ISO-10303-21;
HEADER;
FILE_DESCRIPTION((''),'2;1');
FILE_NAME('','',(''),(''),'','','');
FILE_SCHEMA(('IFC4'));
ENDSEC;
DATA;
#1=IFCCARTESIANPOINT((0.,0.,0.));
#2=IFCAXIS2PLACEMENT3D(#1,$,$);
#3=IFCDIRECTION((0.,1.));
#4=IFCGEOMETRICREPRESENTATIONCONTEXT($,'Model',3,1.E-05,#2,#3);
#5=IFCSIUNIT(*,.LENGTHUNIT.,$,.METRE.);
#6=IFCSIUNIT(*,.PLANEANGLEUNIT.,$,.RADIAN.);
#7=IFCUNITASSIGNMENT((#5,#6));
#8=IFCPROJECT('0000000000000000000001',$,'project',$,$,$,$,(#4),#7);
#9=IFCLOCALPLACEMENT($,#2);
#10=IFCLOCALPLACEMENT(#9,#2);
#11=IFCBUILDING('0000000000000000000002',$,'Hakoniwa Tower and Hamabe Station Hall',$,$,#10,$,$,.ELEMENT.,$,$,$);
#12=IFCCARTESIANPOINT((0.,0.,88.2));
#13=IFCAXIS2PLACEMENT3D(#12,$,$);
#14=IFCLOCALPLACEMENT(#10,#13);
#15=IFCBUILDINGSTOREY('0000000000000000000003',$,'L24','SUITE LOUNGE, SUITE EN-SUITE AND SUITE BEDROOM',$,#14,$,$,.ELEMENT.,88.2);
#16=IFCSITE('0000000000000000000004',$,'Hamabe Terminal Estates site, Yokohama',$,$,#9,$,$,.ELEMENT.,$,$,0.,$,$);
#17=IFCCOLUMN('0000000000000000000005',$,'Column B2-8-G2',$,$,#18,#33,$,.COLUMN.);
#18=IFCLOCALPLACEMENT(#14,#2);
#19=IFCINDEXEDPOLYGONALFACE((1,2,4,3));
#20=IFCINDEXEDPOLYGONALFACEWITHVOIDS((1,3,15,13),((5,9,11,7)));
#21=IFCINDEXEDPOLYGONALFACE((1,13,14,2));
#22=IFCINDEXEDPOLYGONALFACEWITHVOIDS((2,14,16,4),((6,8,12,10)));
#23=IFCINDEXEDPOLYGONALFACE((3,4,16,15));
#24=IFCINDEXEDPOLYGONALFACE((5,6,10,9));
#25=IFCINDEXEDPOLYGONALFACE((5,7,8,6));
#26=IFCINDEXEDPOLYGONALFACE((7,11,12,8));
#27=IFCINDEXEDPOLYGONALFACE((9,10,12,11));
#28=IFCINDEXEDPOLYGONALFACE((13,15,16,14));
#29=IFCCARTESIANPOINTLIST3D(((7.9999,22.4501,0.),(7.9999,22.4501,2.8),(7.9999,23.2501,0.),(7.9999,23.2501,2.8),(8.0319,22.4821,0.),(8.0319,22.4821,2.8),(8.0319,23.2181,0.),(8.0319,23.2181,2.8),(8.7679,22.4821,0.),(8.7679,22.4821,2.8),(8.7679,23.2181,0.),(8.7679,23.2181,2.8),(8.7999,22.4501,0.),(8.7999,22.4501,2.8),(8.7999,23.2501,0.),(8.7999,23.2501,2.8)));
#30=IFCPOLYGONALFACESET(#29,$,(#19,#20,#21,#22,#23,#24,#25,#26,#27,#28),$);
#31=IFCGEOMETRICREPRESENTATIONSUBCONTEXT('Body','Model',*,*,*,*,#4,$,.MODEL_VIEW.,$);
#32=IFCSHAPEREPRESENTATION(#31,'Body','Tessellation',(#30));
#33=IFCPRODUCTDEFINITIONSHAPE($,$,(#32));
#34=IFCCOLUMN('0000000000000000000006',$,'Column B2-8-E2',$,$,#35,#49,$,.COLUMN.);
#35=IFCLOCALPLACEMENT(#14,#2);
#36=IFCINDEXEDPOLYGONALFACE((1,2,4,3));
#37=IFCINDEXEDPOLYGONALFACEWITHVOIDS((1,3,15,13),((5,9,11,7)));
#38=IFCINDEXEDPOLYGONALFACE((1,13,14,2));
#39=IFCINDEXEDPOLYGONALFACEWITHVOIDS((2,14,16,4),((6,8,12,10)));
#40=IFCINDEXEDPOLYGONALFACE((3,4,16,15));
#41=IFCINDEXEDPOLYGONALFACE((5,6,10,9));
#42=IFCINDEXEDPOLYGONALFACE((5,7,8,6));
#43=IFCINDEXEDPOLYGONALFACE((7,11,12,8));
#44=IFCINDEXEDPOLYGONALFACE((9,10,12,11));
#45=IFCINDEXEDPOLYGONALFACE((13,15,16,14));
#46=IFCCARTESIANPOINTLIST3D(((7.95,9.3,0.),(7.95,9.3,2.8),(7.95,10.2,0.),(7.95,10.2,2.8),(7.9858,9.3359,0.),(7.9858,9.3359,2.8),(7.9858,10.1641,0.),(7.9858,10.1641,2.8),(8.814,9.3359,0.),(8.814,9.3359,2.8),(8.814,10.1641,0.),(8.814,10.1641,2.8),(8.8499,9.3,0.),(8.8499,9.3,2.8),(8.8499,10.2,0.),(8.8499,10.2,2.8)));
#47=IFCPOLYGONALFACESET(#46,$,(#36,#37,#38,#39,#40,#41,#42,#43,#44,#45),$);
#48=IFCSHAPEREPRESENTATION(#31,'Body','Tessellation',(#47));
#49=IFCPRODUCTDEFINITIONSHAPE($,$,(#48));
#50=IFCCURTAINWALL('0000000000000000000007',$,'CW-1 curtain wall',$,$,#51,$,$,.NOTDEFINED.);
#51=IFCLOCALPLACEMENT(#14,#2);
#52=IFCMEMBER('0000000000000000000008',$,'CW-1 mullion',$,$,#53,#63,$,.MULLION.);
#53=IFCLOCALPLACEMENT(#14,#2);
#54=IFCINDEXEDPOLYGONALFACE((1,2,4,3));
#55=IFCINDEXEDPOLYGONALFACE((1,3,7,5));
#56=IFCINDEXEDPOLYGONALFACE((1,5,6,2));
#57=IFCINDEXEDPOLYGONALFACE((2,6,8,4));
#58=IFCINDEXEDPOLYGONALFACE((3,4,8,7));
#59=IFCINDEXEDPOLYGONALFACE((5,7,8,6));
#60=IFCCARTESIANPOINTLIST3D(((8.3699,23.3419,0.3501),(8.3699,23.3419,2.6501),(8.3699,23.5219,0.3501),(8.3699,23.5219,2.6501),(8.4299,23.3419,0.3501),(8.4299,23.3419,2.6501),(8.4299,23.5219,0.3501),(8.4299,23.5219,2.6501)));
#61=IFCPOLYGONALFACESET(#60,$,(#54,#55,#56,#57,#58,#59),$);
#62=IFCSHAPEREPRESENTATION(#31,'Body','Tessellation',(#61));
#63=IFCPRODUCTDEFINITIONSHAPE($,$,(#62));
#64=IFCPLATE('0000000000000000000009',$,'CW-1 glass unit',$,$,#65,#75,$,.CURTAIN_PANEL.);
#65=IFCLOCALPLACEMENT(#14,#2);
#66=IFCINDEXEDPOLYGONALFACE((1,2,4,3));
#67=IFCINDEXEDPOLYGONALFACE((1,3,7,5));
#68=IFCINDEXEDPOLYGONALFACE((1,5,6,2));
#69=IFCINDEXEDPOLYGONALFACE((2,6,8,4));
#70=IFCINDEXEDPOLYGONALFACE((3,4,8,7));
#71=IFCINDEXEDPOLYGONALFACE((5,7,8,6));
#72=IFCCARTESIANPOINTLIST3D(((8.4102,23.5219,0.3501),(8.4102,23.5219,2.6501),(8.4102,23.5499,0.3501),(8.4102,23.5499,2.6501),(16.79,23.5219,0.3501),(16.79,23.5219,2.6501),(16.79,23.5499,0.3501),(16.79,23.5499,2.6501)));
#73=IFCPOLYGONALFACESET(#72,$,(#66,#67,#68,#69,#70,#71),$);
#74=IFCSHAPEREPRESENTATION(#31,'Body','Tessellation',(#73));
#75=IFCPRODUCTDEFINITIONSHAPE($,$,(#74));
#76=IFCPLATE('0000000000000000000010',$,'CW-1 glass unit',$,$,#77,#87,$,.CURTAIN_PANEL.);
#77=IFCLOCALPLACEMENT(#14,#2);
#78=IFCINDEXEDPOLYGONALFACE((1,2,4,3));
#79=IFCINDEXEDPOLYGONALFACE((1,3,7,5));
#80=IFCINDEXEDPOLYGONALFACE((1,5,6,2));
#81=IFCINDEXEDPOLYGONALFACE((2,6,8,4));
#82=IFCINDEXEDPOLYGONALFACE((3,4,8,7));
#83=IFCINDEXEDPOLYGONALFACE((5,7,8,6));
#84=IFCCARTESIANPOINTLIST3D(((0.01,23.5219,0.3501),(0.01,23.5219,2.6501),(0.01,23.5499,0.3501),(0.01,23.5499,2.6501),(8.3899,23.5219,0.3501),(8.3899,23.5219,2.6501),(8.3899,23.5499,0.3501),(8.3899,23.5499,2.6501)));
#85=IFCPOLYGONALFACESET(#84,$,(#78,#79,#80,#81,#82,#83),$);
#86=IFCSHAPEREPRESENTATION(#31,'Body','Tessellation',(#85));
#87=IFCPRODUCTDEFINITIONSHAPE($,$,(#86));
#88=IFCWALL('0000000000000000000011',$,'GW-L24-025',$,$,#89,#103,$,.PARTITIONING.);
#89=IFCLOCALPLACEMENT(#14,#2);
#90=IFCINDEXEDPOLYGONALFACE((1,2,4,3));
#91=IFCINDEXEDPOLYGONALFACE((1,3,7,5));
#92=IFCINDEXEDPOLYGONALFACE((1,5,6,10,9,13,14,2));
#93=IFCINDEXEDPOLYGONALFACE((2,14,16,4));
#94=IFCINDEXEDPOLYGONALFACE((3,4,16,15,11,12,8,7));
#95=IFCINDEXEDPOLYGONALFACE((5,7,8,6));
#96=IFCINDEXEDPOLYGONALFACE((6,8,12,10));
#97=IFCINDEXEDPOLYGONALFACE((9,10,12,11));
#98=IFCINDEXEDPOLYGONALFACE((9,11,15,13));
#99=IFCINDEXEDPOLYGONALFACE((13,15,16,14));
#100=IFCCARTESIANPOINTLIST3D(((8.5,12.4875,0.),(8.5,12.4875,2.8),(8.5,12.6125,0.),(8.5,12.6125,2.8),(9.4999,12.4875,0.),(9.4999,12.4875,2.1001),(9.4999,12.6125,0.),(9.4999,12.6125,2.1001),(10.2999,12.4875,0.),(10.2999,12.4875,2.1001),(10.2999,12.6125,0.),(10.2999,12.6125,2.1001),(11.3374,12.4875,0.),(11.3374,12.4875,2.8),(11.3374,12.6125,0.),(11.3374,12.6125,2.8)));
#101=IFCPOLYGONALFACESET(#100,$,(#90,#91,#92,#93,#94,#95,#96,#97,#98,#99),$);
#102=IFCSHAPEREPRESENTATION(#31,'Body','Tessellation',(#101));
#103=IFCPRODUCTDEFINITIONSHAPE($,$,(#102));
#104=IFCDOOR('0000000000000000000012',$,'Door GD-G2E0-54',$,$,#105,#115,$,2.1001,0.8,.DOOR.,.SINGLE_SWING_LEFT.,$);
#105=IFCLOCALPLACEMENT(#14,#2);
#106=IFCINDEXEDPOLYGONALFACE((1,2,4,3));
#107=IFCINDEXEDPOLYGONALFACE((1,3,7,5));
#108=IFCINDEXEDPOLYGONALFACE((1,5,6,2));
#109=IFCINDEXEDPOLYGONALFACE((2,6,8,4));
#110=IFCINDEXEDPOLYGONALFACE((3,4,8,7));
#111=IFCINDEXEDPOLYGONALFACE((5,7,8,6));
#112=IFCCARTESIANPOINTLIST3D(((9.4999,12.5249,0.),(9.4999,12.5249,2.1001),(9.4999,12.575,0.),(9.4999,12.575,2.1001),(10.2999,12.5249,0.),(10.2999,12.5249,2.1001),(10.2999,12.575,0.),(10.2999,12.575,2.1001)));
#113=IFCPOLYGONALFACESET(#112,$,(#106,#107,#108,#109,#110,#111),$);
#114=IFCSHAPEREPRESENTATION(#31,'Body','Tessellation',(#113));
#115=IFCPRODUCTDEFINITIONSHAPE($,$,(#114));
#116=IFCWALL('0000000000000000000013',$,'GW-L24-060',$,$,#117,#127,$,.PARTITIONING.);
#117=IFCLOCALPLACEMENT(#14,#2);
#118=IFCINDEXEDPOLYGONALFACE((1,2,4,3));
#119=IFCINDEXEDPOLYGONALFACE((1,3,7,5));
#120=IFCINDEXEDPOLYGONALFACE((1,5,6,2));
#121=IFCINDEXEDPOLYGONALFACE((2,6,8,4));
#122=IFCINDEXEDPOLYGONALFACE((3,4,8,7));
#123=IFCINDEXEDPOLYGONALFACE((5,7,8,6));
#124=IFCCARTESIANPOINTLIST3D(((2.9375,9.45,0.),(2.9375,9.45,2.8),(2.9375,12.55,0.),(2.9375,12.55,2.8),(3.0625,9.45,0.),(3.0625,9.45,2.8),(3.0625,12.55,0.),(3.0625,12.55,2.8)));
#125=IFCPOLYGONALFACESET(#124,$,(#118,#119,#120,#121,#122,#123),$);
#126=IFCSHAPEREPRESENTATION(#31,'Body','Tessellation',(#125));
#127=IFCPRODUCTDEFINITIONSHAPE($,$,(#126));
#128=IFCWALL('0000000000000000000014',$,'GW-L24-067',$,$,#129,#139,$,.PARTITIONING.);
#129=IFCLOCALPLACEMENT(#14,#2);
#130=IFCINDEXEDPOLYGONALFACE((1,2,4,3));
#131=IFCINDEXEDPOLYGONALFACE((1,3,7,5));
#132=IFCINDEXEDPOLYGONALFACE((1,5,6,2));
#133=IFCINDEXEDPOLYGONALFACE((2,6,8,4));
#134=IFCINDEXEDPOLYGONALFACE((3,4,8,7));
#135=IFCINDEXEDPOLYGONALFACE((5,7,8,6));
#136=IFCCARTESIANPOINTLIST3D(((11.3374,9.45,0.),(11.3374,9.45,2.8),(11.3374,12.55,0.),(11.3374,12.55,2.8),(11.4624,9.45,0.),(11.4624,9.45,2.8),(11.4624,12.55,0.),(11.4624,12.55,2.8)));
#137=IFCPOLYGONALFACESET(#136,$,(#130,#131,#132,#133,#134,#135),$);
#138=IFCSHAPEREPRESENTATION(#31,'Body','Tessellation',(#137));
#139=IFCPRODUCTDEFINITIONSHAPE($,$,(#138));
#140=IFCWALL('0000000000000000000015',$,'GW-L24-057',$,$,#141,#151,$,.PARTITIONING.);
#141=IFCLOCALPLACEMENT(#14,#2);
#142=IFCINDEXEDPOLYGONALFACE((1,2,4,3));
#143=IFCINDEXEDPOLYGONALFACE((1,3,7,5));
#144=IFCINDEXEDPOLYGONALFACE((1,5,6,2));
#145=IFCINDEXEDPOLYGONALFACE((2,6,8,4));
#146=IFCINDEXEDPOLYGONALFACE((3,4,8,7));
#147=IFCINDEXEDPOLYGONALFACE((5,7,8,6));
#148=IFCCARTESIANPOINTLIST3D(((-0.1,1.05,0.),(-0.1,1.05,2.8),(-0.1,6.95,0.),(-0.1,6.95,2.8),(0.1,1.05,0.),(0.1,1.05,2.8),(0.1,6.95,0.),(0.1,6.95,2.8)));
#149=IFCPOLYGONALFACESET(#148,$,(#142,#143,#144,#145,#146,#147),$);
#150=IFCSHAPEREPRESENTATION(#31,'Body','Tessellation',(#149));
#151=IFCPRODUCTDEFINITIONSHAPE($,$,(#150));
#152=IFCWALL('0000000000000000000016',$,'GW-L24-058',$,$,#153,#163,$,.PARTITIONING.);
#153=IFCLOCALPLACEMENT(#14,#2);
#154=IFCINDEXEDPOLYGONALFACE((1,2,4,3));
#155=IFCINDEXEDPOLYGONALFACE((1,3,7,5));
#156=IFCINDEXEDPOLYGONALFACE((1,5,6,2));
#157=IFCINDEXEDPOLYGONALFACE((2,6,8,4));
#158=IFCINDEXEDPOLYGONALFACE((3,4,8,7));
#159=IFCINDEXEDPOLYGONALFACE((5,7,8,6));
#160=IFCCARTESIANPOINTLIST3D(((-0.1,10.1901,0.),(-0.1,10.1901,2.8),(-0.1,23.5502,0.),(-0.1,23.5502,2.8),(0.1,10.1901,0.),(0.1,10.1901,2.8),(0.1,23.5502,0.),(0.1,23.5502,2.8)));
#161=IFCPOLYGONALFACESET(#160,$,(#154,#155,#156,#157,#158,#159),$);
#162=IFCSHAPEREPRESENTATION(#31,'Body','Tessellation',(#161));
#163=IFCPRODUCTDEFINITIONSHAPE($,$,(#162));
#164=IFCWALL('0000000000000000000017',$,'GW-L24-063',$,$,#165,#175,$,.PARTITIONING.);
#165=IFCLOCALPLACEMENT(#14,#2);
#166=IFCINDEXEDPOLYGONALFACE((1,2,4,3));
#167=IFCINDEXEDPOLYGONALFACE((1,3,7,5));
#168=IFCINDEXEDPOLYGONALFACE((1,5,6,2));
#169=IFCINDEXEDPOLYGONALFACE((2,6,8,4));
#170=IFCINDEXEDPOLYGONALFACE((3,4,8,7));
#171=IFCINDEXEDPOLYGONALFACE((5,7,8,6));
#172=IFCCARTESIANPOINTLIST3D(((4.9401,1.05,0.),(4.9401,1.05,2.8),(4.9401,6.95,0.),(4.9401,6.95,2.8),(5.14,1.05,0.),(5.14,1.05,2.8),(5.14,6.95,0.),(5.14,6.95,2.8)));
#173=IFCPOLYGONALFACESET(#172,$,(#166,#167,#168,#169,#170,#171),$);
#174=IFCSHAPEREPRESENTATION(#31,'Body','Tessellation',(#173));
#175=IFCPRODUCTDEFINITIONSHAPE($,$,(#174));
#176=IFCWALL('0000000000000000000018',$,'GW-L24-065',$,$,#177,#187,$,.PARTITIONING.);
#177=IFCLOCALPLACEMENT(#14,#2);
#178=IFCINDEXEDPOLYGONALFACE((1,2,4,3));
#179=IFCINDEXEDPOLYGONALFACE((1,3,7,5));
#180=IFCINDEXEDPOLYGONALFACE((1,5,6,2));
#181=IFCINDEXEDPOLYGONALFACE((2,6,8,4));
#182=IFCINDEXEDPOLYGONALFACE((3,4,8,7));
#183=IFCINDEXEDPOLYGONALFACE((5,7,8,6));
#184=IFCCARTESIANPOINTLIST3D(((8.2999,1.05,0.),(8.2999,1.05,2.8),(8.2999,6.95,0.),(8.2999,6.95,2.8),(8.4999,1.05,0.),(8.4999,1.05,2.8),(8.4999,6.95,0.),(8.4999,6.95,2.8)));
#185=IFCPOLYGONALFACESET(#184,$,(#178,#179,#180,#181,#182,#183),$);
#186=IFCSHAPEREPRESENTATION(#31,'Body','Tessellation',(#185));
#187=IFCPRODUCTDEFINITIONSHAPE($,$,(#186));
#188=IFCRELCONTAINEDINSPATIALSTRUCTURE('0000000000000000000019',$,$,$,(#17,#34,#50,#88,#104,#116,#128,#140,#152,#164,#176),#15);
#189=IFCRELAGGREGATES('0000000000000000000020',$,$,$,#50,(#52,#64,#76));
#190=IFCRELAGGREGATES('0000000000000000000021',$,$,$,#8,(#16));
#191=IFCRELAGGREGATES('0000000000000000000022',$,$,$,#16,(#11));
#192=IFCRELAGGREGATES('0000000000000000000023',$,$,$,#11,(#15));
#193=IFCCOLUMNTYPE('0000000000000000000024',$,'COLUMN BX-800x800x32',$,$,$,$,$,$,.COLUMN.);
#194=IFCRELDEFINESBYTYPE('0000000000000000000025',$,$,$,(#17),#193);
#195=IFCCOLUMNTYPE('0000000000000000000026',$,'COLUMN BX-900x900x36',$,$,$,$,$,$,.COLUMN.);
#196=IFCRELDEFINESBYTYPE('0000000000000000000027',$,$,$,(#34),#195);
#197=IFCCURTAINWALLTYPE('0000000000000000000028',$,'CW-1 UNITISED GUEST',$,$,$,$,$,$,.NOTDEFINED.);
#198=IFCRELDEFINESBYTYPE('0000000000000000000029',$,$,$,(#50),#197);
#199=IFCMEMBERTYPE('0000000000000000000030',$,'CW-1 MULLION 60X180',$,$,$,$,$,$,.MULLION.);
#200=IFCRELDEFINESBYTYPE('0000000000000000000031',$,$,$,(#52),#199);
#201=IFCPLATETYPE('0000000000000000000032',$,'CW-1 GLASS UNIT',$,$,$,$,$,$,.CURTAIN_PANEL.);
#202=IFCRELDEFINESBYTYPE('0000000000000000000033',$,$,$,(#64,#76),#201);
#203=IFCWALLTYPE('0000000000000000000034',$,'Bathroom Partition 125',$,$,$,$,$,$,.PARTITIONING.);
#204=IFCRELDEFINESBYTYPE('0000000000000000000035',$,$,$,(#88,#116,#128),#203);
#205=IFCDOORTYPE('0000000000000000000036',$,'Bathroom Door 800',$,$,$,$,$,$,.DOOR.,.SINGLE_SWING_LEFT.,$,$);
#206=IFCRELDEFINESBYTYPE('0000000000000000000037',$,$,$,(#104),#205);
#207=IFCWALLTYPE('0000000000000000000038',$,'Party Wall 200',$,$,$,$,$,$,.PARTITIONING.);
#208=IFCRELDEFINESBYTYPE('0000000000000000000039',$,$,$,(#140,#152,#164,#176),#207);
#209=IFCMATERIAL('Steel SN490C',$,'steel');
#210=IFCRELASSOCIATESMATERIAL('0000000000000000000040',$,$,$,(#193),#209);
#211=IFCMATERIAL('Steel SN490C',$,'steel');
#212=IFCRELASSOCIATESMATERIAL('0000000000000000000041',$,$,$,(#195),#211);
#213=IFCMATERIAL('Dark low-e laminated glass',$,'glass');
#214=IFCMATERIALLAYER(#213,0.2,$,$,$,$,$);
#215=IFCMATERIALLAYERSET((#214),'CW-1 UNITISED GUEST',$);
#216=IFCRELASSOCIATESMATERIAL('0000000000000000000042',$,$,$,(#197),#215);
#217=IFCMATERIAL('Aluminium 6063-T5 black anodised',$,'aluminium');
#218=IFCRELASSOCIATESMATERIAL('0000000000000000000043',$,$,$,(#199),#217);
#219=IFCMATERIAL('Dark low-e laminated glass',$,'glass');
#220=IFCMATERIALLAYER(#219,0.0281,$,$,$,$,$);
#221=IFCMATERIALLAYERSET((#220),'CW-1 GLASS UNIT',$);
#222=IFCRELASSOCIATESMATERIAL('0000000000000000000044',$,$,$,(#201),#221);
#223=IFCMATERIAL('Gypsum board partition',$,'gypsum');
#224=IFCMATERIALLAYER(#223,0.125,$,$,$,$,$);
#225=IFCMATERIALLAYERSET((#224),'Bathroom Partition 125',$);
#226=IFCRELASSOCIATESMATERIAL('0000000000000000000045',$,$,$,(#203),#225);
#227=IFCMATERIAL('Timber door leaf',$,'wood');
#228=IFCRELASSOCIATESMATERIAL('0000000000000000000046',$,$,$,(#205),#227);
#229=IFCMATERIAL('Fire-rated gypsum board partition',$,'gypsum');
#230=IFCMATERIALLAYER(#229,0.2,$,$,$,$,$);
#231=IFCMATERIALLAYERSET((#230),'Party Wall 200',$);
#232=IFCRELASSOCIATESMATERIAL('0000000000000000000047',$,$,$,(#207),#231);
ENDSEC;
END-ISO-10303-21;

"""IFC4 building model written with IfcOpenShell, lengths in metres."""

from ifc_helpers import new_model, si_unit, direction, frame, frame_2d, origin, origin_2d, place, context, subcontext, project, spatial, rectangle, hollow_rectangle, extrude, material, layer, layer_set, material_profile, profile_set, type_object, element, fill, aggregate, save


model = new_model("IFC4")

# Units and contexts
model_context = context("Model", 3, precision=1e-05, world=origin(), true_north=direction((0.0, 1.0)))
body_context = subcontext(model_context, "Body", "Model", "MODEL_VIEW")
ifc_project = project(units=[si_unit("LENGTHUNIT", "METRE"), si_unit("PLANEANGLEUNIT", "RADIAN")], contexts=[model_context])

# Site, building, storey
site_placement = place(None, origin())
site = spatial("IfcSite", under=ifc_project, at=site_placement, Name="Hamabe Terminal Estates site, Yokohama", CompositionType="ELEMENT", RefElevation=0.0)
building_placement = place(site_placement, origin())
building = spatial("IfcBuilding", under=site, at=building_placement, Name="Hakoniwa Tower and Hamabe Station Hall", CompositionType="ELEMENT")
storey_placement = place(building_placement, frame((0.0, 0.0, 88.2)))
storey = spatial("IfcBuildingStorey", under=building, at=storey_placement, Name="L24", Description="SUITE LOUNGE, SUITE EN-SUITE AND SUITE BEDROOM", CompositionType="ELEMENT", Elevation=88.2)

# Columns
ifc_material_1 = material(Name="Steel SN490C", Category="steel")
ifc_material_profile_1 = material_profile(ifc_material_1, hollow_rectangle(XDim=0.8, YDim=0.8, WallThickness=0.032, at=origin_2d()), Name="BX-800x800x32")
ifc_profile_set_1 = profile_set([ifc_material_profile_1], Name="Steel SN490C")
column_type_1 = type_object("IfcColumnType", Name="COLUMN BX-800x800x32", PredefinedType="COLUMN", material=ifc_profile_set_1)
column_1_placement = place(storey_placement, frame((8.3999, 22.8501, 0.0), z_axis=(0.0, 0.0, 1.0), x_axis=(1.0, 0.0, 0.0)))
element("IfcColumn", 1, at=column_1_placement, inside=storey, type_object=column_type_1, Name="Column B2-8-G2", PredefinedType="COLUMN", context=body_context, shape_type="SweptSolid", body=[
    extrude(hollow_rectangle(XDim=0.8, YDim=0.8, WallThickness=0.032, at=origin_2d()), origin(), (0.0, 0.0, 1.0), 2.8),
])
ifc_material_2 = material(Name="Steel SN490C", Category="steel")
ifc_material_profile_2 = material_profile(ifc_material_2, hollow_rectangle(XDim=0.8999, YDim=0.8999, WallThickness=0.0359, at=origin_2d()), Name="BX-900x900x36")
ifc_profile_set_2 = profile_set([ifc_material_profile_2], Name="Steel SN490C")
column_type_2 = type_object("IfcColumnType", Name="COLUMN BX-900x900x36", PredefinedType="COLUMN", material=ifc_profile_set_2)
column_2_placement = place(storey_placement, frame((8.3999, 9.75, 0.0), z_axis=(0.0, 0.0, 1.0), x_axis=(1.0, 0.0, 0.0)))
element("IfcColumn", 2, at=column_2_placement, inside=storey, type_object=column_type_2, Name="Column B2-8-E2", PredefinedType="COLUMN", context=body_context, shape_type="SweptSolid", body=[
    extrude(hollow_rectangle(XDim=0.8999, YDim=0.8999, WallThickness=0.0359, at=origin_2d()), origin(), (0.0, 0.0, 1.0), 2.8),
])

# Curtain wall, member, plates
ifc_material_3 = material(Name="Dark low-e laminated glass", Category="glass")
ifc_layer_1 = layer(ifc_material_3, 0.2)
ifc_layer_set_1 = layer_set([ifc_layer_1], Name="CW-1 UNITISED GUEST")
curtain_wall_type = type_object("IfcCurtainWallType", Name="CW-1 UNITISED GUEST", PredefinedType="NOTDEFINED", material=ifc_layer_set_1)
curtain_wall_placement = place(storey_placement, origin())
curtain_wall = element("IfcCurtainWall", 3, at=curtain_wall_placement, inside=storey, type_object=curtain_wall_type, Name="CW-1 curtain wall", PredefinedType="NOTDEFINED")
ifc_material_4 = material(Name="Aluminium 6063-T5 black anodised", Category="aluminium")
ifc_material_profile_3 = material_profile(ifc_material_4, rectangle(XDim=0.0601, YDim=0.1799, at=origin_2d()), Name="CW-1 MULLION 60X180")
ifc_profile_set_3 = profile_set([ifc_material_profile_3], Name="Aluminium 6063-T5 black anodised")
member_type = type_object("IfcMemberType", Name="CW-1 MULLION 60X180", PredefinedType="MULLION", material=ifc_profile_set_3)
member_placement = place(storey_placement, frame((8.3999, 23.4319, 0.3501), z_axis=(0.0, 0.0, 1.0), x_axis=(-1.0, 0.0, 0.0)))
member = element("IfcMember", 4, at=member_placement, type_object=member_type, Name="CW-1 mullion", PredefinedType="MULLION", context=body_context, shape_type="SweptSolid", body=[
    extrude(rectangle(XDim=0.0601, YDim=0.1799, at=origin_2d()), origin(), (0.0, 0.0, 1.0), 2.3),
])
ifc_material_5 = material(Name="Dark low-e laminated glass", Category="glass")
ifc_layer_2 = layer(ifc_material_5, 0.0281)
ifc_layer_set_2 = layer_set([ifc_layer_2], Name="CW-1 GLASS UNIT")
plate_type = type_object("IfcPlateType", Name="CW-1 GLASS UNIT", PredefinedType="CURTAIN_PANEL", material=ifc_layer_set_2)
plate_1_placement = place(storey_placement, frame((12.6001, 23.5359, 0.3501), z_axis=(0.0, 0.0, 1.0), x_axis=(-1.0, 0.0, 0.0)))
plate_1 = element("IfcPlate", 5, at=plate_1_placement, type_object=plate_type, Name="CW-1 glass unit", PredefinedType="CURTAIN_PANEL", context=body_context, shape_type="SweptSolid", body=[
    extrude(rectangle(XDim=8.3799, YDim=0.0281, at=origin_2d()), origin(), (0.0, 0.0, 1.0), 2.3),
])
plate_2_placement = place(storey_placement, frame((4.2, 23.5359, 0.3501), z_axis=(0.0, 0.0, 1.0), x_axis=(-1.0, 0.0, 0.0)))
plate_2 = element("IfcPlate", 6, at=plate_2_placement, type_object=plate_type, Name="CW-1 glass unit", PredefinedType="CURTAIN_PANEL", context=body_context, shape_type="SweptSolid", body=[
    extrude(rectangle(XDim=8.3799, YDim=0.0281, at=origin_2d()), origin(), (0.0, 0.0, 1.0), 2.3),
])
aggregate(curtain_wall, [member, plate_1, plate_2])

# Wall, opening, door
ifc_material_6 = material(Name="Gypsum board partition", Category="gypsum")
ifc_layer_3 = layer(ifc_material_6, 0.125)
ifc_layer_set_3 = layer_set([ifc_layer_3], Name="Bathroom Partition 125")
wall_type_1 = type_object("IfcWallType", Name="Bathroom Partition 125", PredefinedType="PARTITIONING", material=ifc_layer_set_3)
wall_1_placement = place(storey_placement, frame((8.5, 12.55, 0.0), z_axis=(0.0, 0.0, 1.0), x_axis=(1.0, 0.0, 0.0)))
wall_1 = element("IfcWall", 7, at=wall_1_placement, inside=storey, type_object=wall_type_1, Name="GW-L24-025", PredefinedType="PARTITIONING", context=body_context, shape_type="SweptSolid", body=[
    extrude(rectangle(XDim=2.8374, YDim=0.125, at=frame_2d((1.4187, 0.0))), origin(), (0.0, 0.0, 1.0), 2.8),
])
opening_1_placement = place(wall_1_placement, frame((1.0, 0.0, 0.0)))
opening_1 = element("IfcOpeningElement", 8, at=opening_1_placement, cuts=wall_1, PredefinedType="OPENING", context=body_context, shape_type="SweptSolid", body=[
    extrude(rectangle(XDim=0.8, YDim=2.1001, at=frame_2d((0.3999, 1.05))), frame((0.0, 0.0725, 0.0), z_axis=(0.0, -1.0, 0.0), x_axis=(1.0, 0.0, 0.0)), (0.0, 0.0, 1.0), 0.145),
])
ifc_material_7 = material(Name="Timber door leaf", Category="wood")
door_type_1 = type_object("IfcDoorType", Name="Bathroom Door 800", OperationType="SINGLE_SWING_LEFT", PredefinedType="DOOR", material=ifc_material_7)
door_1_placement = place(opening_1_placement, origin())
door_1 = element("IfcDoor", 9, at=door_1_placement, inside=storey, type_object=door_type_1, Name="Door GD-G2E0-54", OperationType="SINGLE_SWING_LEFT", OverallHeight=2.1001, OverallWidth=0.8, PredefinedType="DOOR", context=body_context, shape_type="SweptSolid", body=[
    extrude(rectangle(XDim=0.8, YDim=2.1001, at=frame_2d((0.3999, 1.05))), frame((0.0, 0.0249, 0.0), z_axis=(0.0, -1.0, 0.0), x_axis=(1.0, 0.0, 0.0)), (0.0, 0.0, 1.0), 0.05),
])
fill(opening_1, door_1)

# Walls
for number, where, z_axis, x_axis, name in (
    (10, (3.0, 9.45, 0.0), (0.0, 0.0, 1.0), (0.0, 1.0, 0.0), "GW-L24-060"),
    (11, (11.3999, 9.45, 0.0), (0.0, 0.0, 1.0), (0.0, 1.0, 0.0), "GW-L24-067"),
):
    element("IfcWall", number, at=place(storey_placement, frame(where, z_axis=z_axis, x_axis=x_axis)), inside=storey, type_object=wall_type_1, Name=name, PredefinedType="PARTITIONING", context=body_context, shape_type="SweptSolid", body=[
        extrude(rectangle(XDim=3.1001, YDim=0.125, at=frame_2d((1.55, 0.0))), origin(), (0.0, 0.0, 1.0), 2.8),
    ])
ifc_material_8 = material(Name="Fire-rated gypsum board partition", Category="gypsum")
ifc_layer_4 = layer(ifc_material_8, 0.2)
ifc_layer_set_4 = layer_set([ifc_layer_4], Name="Party Wall 200")
wall_type_2 = type_object("IfcWallType", Name="Party Wall 200", PredefinedType="PARTITIONING", material=ifc_layer_set_4)
wall_2_placement = place(storey_placement, frame((0.0, 1.05, 0.0), z_axis=(0.0, 0.0, 1.0), x_axis=(0.0, 1.0, 0.0)))
element("IfcWall", 12, at=wall_2_placement, inside=storey, type_object=wall_type_2, Name="GW-L24-057", PredefinedType="PARTITIONING", context=body_context, shape_type="SweptSolid", body=[
    extrude(rectangle(XDim=5.8999, YDim=0.2, at=frame_2d((2.95, 0.0))), origin(), (0.0, 0.0, 1.0), 2.8),
])
wall_3_placement = place(storey_placement, frame((0.0, 10.1899, 0.0), z_axis=(0.0, 0.0, 1.0), x_axis=(0.0, 1.0, 0.0)))
element("IfcWall", 13, at=wall_3_placement, inside=storey, type_object=wall_type_2, Name="GW-L24-058", PredefinedType="PARTITIONING", context=body_context, shape_type="SweptSolid", body=[
    extrude(rectangle(XDim=13.3601, YDim=0.2, at=frame_2d((6.6802, 0.0))), origin(), (0.0, 0.0, 1.0), 2.8),
])
for number, where, z_axis, x_axis, name in (
    (14, (5.04, 1.05, 0.0), (0.0, 0.0, 1.0), (0.0, 1.0, 0.0), "GW-L24-063"),
    (15, (8.3999, 1.05, 0.0), (0.0, 0.0, 1.0), (0.0, 1.0, 0.0), "GW-L24-065"),
):
    element("IfcWall", number, at=place(storey_placement, frame(where, z_axis=z_axis, x_axis=x_axis)), inside=storey, type_object=wall_type_2, Name=name, PredefinedType="PARTITIONING", context=body_context, shape_type="SweptSolid", body=[
        extrude(rectangle(XDim=5.8999, YDim=0.2, at=frame_2d((2.95, 0.0))), origin(), (0.0, 0.0, 1.0), 2.8),
    ])

save(model, "model.ifc")
